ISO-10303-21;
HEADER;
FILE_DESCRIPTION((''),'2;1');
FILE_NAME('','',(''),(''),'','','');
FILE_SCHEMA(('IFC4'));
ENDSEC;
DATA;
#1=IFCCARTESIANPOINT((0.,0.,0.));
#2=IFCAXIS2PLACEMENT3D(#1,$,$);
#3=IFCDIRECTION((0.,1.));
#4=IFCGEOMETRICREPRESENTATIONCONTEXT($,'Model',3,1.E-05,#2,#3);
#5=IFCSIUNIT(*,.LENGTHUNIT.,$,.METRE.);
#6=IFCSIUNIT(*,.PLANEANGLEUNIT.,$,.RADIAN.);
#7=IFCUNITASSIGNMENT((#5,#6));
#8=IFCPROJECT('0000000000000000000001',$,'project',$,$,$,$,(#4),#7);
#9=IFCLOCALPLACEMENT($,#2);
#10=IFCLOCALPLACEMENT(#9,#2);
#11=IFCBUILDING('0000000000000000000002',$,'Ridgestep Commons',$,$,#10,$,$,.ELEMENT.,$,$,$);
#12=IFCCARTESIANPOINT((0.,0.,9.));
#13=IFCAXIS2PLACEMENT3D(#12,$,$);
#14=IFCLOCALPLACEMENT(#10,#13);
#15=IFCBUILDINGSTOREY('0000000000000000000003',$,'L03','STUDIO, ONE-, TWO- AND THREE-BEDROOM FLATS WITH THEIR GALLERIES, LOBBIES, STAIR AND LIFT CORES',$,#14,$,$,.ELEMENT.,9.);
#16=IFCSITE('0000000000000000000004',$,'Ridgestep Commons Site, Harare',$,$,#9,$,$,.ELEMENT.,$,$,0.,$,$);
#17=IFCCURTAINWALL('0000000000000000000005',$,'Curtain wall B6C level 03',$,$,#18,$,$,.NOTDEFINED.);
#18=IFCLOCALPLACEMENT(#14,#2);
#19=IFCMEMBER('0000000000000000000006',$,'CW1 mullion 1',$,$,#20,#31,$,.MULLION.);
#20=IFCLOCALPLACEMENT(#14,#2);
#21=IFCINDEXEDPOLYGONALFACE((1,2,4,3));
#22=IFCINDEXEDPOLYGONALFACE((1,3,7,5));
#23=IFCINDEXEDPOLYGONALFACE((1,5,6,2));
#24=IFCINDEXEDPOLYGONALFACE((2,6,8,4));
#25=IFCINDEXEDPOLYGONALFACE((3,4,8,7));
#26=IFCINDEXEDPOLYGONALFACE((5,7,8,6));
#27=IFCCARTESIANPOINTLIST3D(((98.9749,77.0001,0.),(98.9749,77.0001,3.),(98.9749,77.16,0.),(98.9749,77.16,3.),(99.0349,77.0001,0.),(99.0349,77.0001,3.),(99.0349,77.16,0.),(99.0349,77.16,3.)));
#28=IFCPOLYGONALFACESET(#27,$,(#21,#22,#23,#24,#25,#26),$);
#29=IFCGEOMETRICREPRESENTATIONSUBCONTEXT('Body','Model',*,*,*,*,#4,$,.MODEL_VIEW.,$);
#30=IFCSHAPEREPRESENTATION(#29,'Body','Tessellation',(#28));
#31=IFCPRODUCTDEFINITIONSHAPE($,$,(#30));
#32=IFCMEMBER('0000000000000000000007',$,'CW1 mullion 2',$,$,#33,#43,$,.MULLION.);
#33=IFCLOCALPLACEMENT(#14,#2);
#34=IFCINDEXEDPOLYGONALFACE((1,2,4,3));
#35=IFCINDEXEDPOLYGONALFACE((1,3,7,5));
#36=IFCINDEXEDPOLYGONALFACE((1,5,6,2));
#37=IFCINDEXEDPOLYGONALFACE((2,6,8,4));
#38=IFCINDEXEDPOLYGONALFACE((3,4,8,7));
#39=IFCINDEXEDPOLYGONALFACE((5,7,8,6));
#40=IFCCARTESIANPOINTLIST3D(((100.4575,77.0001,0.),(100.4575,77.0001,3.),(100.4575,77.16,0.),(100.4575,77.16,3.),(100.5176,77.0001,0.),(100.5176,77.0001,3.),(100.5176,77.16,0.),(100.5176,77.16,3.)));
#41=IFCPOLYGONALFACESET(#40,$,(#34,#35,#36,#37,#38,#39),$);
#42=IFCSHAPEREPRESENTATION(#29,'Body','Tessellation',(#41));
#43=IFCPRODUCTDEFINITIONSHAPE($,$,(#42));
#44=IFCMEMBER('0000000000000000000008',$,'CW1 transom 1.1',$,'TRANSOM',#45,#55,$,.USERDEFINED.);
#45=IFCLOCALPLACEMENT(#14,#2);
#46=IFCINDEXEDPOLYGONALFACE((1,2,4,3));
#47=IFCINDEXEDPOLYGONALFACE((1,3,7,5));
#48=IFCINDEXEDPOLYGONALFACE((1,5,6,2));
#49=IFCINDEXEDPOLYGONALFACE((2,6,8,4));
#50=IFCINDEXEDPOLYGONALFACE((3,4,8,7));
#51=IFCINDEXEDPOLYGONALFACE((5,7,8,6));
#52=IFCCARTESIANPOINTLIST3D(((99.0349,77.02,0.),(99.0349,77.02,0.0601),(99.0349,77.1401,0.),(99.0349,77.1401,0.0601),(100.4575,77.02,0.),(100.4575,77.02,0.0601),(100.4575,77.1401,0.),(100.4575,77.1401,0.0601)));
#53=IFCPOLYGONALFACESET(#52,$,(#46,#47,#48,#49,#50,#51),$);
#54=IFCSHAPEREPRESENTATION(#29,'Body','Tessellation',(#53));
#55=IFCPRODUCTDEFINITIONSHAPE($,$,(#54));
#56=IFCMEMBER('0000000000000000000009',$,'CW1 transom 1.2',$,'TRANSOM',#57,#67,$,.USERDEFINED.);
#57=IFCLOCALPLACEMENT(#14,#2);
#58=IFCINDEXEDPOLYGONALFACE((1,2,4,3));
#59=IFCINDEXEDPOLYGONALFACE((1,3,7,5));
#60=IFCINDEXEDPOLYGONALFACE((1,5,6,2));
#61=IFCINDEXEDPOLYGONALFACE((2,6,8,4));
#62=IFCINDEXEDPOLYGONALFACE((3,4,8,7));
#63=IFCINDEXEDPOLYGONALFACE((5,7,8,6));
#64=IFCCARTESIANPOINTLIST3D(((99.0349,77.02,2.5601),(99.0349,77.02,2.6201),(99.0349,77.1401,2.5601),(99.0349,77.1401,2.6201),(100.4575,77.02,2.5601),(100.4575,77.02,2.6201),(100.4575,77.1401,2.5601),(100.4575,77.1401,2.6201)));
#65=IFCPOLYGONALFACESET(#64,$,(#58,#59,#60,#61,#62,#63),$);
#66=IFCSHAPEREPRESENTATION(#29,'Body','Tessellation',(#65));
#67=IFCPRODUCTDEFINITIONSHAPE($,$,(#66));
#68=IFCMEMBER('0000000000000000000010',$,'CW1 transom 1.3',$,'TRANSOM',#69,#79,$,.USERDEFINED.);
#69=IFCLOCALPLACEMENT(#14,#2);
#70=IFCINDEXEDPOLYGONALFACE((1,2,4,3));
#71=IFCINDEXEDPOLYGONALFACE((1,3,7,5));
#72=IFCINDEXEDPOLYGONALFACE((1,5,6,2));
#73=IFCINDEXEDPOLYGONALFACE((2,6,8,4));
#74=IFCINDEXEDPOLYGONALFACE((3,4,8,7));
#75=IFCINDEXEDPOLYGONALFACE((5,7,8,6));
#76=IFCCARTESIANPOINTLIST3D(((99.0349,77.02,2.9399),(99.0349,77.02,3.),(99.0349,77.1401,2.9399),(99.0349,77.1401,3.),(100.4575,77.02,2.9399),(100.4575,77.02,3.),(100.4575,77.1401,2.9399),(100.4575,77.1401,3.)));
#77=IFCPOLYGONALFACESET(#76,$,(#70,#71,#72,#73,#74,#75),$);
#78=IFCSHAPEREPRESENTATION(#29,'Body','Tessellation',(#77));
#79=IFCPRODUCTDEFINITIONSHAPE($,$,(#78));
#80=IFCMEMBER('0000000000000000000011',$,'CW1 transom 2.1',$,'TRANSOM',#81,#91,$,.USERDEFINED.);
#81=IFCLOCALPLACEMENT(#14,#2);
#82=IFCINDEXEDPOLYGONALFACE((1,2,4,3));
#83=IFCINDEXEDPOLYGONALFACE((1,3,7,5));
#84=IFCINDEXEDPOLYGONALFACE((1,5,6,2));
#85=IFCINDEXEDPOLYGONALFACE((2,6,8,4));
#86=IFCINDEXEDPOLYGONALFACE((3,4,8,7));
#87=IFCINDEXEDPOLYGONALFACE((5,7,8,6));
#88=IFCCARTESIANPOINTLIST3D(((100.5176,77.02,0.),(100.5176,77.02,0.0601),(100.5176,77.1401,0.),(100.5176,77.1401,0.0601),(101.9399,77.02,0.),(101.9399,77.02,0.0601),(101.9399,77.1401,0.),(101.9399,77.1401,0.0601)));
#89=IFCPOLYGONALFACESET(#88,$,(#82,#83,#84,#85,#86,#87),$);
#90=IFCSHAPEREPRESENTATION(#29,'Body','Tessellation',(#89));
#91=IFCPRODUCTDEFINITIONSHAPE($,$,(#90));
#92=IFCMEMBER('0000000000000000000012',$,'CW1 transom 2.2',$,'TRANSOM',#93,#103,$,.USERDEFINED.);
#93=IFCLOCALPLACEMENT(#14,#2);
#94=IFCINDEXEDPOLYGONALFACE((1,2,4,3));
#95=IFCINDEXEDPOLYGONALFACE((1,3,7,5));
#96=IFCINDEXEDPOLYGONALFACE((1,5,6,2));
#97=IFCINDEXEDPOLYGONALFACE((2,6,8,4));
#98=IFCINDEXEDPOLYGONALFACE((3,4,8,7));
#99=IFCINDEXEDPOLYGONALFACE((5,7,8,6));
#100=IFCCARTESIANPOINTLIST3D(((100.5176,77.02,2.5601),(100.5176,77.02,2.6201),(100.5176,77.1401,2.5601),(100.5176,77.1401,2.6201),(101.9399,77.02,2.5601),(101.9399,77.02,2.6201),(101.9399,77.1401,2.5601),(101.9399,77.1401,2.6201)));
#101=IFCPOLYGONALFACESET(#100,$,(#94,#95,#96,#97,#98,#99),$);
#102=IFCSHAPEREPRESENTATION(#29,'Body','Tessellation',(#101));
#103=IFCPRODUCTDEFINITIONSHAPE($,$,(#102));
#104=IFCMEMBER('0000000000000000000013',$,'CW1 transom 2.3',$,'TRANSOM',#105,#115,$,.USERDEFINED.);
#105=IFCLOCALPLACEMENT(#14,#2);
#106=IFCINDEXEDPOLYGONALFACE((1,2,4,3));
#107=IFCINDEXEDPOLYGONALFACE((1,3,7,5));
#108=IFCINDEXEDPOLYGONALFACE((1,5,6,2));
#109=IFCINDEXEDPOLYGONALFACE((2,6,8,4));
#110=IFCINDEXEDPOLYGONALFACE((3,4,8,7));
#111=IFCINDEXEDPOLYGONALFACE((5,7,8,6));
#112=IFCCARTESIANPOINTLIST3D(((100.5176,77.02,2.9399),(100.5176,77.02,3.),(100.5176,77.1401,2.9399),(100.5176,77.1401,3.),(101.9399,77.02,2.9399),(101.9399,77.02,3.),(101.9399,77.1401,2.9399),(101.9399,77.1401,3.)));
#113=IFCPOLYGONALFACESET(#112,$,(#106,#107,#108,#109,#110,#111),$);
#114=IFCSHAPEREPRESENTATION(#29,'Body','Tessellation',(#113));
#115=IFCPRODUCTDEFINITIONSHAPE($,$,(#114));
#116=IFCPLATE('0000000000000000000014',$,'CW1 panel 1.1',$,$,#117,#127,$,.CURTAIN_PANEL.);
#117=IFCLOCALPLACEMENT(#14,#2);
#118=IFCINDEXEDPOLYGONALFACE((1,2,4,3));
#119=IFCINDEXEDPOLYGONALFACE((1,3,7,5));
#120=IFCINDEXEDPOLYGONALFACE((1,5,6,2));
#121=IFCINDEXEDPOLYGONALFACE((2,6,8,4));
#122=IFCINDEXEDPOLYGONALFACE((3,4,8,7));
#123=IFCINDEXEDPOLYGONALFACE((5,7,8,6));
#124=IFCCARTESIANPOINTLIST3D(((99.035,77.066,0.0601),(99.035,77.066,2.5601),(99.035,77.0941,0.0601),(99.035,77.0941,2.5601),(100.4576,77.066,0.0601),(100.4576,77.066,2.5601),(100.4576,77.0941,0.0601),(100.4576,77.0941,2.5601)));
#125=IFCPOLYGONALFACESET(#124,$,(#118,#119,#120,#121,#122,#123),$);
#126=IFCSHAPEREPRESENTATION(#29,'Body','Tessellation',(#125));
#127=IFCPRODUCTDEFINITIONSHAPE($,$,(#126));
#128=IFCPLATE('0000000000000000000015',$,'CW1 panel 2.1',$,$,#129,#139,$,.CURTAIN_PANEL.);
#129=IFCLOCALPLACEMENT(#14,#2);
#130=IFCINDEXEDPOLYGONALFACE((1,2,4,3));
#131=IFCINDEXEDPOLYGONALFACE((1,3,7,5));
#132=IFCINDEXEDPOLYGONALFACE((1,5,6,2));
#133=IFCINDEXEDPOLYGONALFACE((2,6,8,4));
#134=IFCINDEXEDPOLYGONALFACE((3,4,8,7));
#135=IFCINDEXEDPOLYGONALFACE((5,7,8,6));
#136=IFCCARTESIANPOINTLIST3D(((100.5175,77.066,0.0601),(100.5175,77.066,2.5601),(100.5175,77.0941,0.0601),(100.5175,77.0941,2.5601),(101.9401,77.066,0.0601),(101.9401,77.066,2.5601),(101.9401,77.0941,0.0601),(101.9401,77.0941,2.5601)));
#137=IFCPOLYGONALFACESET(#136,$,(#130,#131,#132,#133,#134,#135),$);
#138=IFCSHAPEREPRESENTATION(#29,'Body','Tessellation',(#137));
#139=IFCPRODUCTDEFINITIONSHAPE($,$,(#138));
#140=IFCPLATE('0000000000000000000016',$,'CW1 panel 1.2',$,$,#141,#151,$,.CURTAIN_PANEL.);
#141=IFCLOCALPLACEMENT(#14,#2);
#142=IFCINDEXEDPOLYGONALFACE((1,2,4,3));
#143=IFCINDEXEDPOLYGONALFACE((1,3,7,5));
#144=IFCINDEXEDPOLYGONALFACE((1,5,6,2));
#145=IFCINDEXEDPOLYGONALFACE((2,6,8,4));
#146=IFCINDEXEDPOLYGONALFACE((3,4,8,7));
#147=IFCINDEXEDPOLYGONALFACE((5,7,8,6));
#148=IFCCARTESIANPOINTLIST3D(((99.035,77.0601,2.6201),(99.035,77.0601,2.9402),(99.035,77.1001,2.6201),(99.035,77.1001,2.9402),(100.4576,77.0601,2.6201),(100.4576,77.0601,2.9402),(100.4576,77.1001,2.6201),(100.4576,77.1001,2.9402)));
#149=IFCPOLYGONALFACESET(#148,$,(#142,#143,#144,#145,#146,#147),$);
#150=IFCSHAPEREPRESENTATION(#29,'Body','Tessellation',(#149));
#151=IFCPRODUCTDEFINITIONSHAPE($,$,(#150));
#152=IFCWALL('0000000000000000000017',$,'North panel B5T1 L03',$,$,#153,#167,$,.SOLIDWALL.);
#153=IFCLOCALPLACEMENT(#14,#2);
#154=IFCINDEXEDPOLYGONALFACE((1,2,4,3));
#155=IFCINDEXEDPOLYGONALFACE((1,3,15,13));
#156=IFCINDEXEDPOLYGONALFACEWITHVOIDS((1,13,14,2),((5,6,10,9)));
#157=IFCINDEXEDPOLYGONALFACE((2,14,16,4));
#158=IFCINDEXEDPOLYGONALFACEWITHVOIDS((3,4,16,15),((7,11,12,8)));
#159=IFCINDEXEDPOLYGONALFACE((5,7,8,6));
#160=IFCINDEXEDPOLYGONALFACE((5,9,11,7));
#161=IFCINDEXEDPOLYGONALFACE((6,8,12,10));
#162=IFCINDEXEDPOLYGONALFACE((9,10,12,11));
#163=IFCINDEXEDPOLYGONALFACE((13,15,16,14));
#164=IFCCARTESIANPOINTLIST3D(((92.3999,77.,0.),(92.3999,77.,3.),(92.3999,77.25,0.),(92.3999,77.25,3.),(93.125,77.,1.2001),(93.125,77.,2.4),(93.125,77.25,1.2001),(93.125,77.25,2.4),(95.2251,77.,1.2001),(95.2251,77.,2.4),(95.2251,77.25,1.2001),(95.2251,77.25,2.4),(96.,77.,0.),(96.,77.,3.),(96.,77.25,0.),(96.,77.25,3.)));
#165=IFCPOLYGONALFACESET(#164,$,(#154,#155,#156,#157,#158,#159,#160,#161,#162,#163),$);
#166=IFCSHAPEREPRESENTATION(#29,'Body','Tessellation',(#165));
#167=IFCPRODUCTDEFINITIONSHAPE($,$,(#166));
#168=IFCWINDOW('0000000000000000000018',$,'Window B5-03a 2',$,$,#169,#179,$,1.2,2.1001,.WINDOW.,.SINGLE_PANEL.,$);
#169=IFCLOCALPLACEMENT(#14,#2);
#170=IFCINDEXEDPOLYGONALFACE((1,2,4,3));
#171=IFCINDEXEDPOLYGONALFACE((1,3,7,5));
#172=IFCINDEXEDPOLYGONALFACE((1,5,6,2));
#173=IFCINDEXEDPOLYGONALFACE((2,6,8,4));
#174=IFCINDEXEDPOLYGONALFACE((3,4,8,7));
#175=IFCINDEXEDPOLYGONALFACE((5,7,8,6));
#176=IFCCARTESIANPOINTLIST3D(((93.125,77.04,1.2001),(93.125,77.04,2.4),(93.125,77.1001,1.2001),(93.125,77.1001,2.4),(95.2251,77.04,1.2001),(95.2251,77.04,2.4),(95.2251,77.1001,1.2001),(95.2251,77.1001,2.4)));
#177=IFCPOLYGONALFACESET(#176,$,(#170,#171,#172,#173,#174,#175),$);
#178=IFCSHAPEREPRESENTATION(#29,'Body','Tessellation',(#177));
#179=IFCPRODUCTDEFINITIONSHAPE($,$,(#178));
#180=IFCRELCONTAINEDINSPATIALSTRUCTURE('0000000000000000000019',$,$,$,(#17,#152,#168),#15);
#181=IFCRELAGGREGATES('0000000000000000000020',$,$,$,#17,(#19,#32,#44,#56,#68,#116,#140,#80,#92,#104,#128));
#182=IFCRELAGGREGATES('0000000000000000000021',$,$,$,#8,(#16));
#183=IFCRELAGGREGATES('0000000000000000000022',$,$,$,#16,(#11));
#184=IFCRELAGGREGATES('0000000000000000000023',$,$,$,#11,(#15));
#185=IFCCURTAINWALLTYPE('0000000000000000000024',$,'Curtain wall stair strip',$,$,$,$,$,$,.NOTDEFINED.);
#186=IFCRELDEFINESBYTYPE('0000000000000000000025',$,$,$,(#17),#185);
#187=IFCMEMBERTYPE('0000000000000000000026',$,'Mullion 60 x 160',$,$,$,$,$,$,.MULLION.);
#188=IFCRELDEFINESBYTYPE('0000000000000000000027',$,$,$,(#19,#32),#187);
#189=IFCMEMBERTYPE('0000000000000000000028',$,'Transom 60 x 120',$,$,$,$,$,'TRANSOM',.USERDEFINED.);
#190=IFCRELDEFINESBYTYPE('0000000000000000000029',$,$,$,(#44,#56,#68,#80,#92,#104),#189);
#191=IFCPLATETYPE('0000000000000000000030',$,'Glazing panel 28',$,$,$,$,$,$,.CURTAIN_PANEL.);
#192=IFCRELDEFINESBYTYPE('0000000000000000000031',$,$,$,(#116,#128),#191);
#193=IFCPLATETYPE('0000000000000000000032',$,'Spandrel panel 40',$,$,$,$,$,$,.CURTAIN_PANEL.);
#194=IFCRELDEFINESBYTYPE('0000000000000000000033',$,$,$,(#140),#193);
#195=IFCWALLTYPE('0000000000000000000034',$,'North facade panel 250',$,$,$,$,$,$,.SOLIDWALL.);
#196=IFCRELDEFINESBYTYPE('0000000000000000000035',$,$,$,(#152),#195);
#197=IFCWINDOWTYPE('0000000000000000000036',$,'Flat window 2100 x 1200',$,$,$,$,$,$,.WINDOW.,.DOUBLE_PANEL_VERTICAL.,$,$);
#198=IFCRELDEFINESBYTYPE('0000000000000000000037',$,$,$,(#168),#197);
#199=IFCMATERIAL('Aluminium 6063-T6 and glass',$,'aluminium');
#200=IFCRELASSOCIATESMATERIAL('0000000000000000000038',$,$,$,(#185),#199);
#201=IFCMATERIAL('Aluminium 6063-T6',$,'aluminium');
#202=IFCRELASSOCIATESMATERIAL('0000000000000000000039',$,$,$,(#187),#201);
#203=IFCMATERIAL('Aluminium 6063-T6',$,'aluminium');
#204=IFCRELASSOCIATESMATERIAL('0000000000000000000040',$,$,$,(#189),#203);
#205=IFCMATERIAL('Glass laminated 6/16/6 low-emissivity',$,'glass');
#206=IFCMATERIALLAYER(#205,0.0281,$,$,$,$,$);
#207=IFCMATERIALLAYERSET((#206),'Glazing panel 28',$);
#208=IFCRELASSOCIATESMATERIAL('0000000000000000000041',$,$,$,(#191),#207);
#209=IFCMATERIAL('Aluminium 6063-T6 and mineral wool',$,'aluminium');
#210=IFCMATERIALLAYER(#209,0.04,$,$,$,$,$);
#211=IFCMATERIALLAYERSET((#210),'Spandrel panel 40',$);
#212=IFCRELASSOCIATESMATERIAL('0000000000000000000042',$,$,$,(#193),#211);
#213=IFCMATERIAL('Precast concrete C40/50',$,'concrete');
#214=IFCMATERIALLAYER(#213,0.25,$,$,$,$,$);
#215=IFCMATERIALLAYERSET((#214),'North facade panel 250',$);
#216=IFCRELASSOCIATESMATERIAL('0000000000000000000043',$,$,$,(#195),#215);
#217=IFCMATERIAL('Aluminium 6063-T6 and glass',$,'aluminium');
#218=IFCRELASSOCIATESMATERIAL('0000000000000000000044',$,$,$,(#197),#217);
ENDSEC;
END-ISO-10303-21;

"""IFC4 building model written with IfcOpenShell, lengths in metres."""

from ifc_helpers import new_model, si_unit, direction, frame, frame_2d, origin, origin_2d, place, context, subcontext, project, spatial, rectangle, extrude, material, layer, layer_set, material_profile, profile_set, type_object, element, fill, aggregate, save


model = new_model("IFC4")

# Units and contexts
model_context = context("Model", 3, precision=1e-05, world=origin(), true_north=direction((0.0, 1.0)))
body_context = subcontext(model_context, "Body", "Model", "MODEL_VIEW")
ifc_project = project(units=[si_unit("LENGTHUNIT", "METRE"), si_unit("PLANEANGLEUNIT", "RADIAN")], contexts=[model_context])

# Site, building, storey
site_placement = place(None, origin())
site = spatial("IfcSite", under=ifc_project, at=site_placement, Name="Ridgestep Commons Site, Harare", CompositionType="ELEMENT", RefElevation=0.0)
building_placement = place(site_placement, origin())
building = spatial("IfcBuilding", under=site, at=building_placement, Name="Ridgestep Commons", CompositionType="ELEMENT")
storey_placement = place(building_placement, frame((0.0, 0.0, 9.0)))
storey = spatial("IfcBuildingStorey", under=building, at=storey_placement, Name="L03", Description="STUDIO, ONE-, TWO- AND THREE-BEDROOM FLATS WITH THEIR GALLERIES, LOBBIES, STAIR AND LIFT CORES", CompositionType="ELEMENT", Elevation=9.0)

# Curtain wall, members, plates
ifc_material_1 = material(Name="Aluminium 6063-T6 and glass", Category="aluminium")
curtain_wall_type = type_object("IfcCurtainWallType", Name="Curtain wall stair strip", PredefinedType="NOTDEFINED", material=ifc_material_1)
curtain_wall_placement = place(storey_placement, origin())
curtain_wall = element("IfcCurtainWall", 1, at=curtain_wall_placement, inside=storey, type_object=curtain_wall_type, Name="Curtain wall B6C level 03", PredefinedType="NOTDEFINED")
ifc_material_2 = material(Name="Aluminium 6063-T6", Category="aluminium")
ifc_material_profile_1 = material_profile(ifc_material_2, rectangle(XDim=0.1599, YDim=0.0601, at=origin_2d()), Name="Mullion 60 x 160")
ifc_profile_set_1 = profile_set([ifc_material_profile_1], Name="Aluminium 6063-T6")
member_type_1 = type_object("IfcMemberType", Name="Mullion 60 x 160", PredefinedType="MULLION", material=ifc_profile_set_1)
member_1_placement = place(storey_placement, frame((99.0049, 77.0801, 0.0), z_axis=(0.0, 0.0, 1.0), x_axis=(0.0, 1.0, 0.0)))
member_1 = element("IfcMember", 2, at=member_1_placement, type_object=member_type_1, Name="CW1 mullion 1", PredefinedType="MULLION", context=body_context, shape_type="SweptSolid", body=[
    extrude(rectangle(XDim=0.1599, YDim=0.0601, at=origin_2d()), origin(), (0.0, 0.0, 1.0), 3.0),
])
member_2_placement = place(storey_placement, frame((100.4875, 77.0801, 0.0), z_axis=(0.0, 0.0, 1.0), x_axis=(0.0, 1.0, 0.0)))
member_2 = element("IfcMember", 3, at=member_2_placement, type_object=member_type_1, Name="CW1 mullion 2", PredefinedType="MULLION", context=body_context, shape_type="SweptSolid", body=[
    extrude(rectangle(XDim=0.1599, YDim=0.0601, at=origin_2d()), origin(), (0.0, 0.0, 1.0), 3.0),
])
ifc_material_3 = material(Name="Aluminium 6063-T6", Category="aluminium")
ifc_material_profile_2 = material_profile(ifc_material_3, rectangle(XDim=0.1201, YDim=0.0601, at=origin_2d()), Name="Transom 60 x 120")
ifc_profile_set_2 = profile_set([ifc_material_profile_2], Name="Aluminium 6063-T6")
member_type_2 = type_object("IfcMemberType", Name="Transom 60 x 120", ElementType="TRANSOM", PredefinedType="USERDEFINED", material=ifc_profile_set_2)
member_3_placement = place(storey_placement, frame((99.0349, 77.0801, 0.03), z_axis=(1.0, 0.0, 0.0), x_axis=(0.0, 1.0, 0.0)))
member_3 = element("IfcMember", 4, at=member_3_placement, type_object=member_type_2, Name="CW1 transom 1.1", ObjectType="TRANSOM", PredefinedType="USERDEFINED", context=body_context, shape_type="SweptSolid", body=[
    extrude(rectangle(XDim=0.1201, YDim=0.0601, at=origin_2d()), origin(), (0.0, 0.0, 1.0), 1.4226),
])
member_4_placement = place(storey_placement, frame((99.0349, 77.0801, 2.5901), z_axis=(1.0, 0.0, 0.0), x_axis=(0.0, 1.0, 0.0)))
member_4 = element("IfcMember", 5, at=member_4_placement, type_object=member_type_2, Name="CW1 transom 1.2", ObjectType="TRANSOM", PredefinedType="USERDEFINED", context=body_context, shape_type="SweptSolid", body=[
    extrude(rectangle(XDim=0.1201, YDim=0.0601, at=origin_2d()), origin(), (0.0, 0.0, 1.0), 1.4226),
])
member_5_placement = place(storey_placement, frame((99.0349, 77.0801, 2.97), z_axis=(1.0, 0.0, 0.0), x_axis=(0.0, 1.0, 0.0)))
member_5 = element("IfcMember", 6, at=member_5_placement, type_object=member_type_2, Name="CW1 transom 1.3", ObjectType="TRANSOM", PredefinedType="USERDEFINED", context=body_context, shape_type="SweptSolid", body=[
    extrude(rectangle(XDim=0.1201, YDim=0.0601, at=origin_2d()), origin(), (0.0, 0.0, 1.0), 1.4226),
])
member_6_placement = place(storey_placement, frame((100.5176, 77.0801, 0.03), z_axis=(1.0, 0.0, 0.0), x_axis=(0.0, 1.0, 0.0)))
member_6 = element("IfcMember", 7, at=member_6_placement, type_object=member_type_2, Name="CW1 transom 2.1", ObjectType="TRANSOM", PredefinedType="USERDEFINED", context=body_context, shape_type="SweptSolid", body=[
    extrude(rectangle(XDim=0.1201, YDim=0.0601, at=origin_2d()), origin(), (0.0, 0.0, 1.0), 1.4224),
])
member_7_placement = place(storey_placement, frame((100.5176, 77.0801, 2.5901), z_axis=(1.0, 0.0, 0.0), x_axis=(0.0, 1.0, 0.0)))
member_7 = element("IfcMember", 8, at=member_7_placement, type_object=member_type_2, Name="CW1 transom 2.2", ObjectType="TRANSOM", PredefinedType="USERDEFINED", context=body_context, shape_type="SweptSolid", body=[
    extrude(rectangle(XDim=0.1201, YDim=0.0601, at=origin_2d()), origin(), (0.0, 0.0, 1.0), 1.4224),
])
member_8_placement = place(storey_placement, frame((100.5176, 77.0801, 2.97), z_axis=(1.0, 0.0, 0.0), x_axis=(0.0, 1.0, 0.0)))
member_8 = element("IfcMember", 9, at=member_8_placement, type_object=member_type_2, Name="CW1 transom 2.3", ObjectType="TRANSOM", PredefinedType="USERDEFINED", context=body_context, shape_type="SweptSolid", body=[
    extrude(rectangle(XDim=0.1201, YDim=0.0601, at=origin_2d()), origin(), (0.0, 0.0, 1.0), 1.4224),
])
ifc_material_4 = material(Name="Glass laminated 6/16/6 low-emissivity", Category="glass")
ifc_layer_1 = layer(ifc_material_4, 0.0281)
ifc_layer_set_1 = layer_set([ifc_layer_1], Name="Glazing panel 28")
plate_type_1 = type_object("IfcPlateType", Name="Glazing panel 28", PredefinedType="CURTAIN_PANEL", material=ifc_layer_set_1)
plate_1_placement = place(storey_placement, frame((99.7463, 77.0801, 0.0601), z_axis=(0.0, 0.0, 1.0), x_axis=(1.0, 0.0, 0.0)))
plate_1 = element("IfcPlate", 10, at=plate_1_placement, type_object=plate_type_1, Name="CW1 panel 1.1", PredefinedType="CURTAIN_PANEL", context=body_context, shape_type="SweptSolid", body=[
    extrude(rectangle(XDim=1.4226, YDim=0.0281, at=origin_2d()), origin(), (0.0, 0.0, 1.0), 2.5),
])
plate_2_placement = place(storey_placement, frame((101.2288, 77.0801, 0.0601), z_axis=(0.0, 0.0, 1.0), x_axis=(1.0, 0.0, 0.0)))
plate_2 = element("IfcPlate", 11, at=plate_2_placement, type_object=plate_type_1, Name="CW1 panel 2.1", PredefinedType="CURTAIN_PANEL", context=body_context, shape_type="SweptSolid", body=[
    extrude(rectangle(XDim=1.4226, YDim=0.0281, at=origin_2d()), origin(), (0.0, 0.0, 1.0), 2.5),
])
ifc_material_5 = material(Name="Aluminium 6063-T6 and mineral wool", Category="aluminium")
ifc_layer_2 = layer(ifc_material_5, 0.04)
ifc_layer_set_2 = layer_set([ifc_layer_2], Name="Spandrel panel 40")
plate_type_2 = type_object("IfcPlateType", Name="Spandrel panel 40", PredefinedType="CURTAIN_PANEL", material=ifc_layer_set_2)
plate_3_placement = place(storey_placement, frame((99.7463, 77.0801, 2.6201), z_axis=(0.0, 0.0, 1.0), x_axis=(1.0, 0.0, 0.0)))
plate_3 = element("IfcPlate", 12, at=plate_3_placement, type_object=plate_type_2, Name="CW1 panel 1.2", PredefinedType="CURTAIN_PANEL", context=body_context, shape_type="SweptSolid", body=[
    extrude(rectangle(XDim=1.4226, YDim=0.04, at=origin_2d()), origin(), (0.0, 0.0, 1.0), 0.3201),
])
aggregate(curtain_wall, [member_1, member_2, member_3, member_4, member_5, plate_1, plate_3, member_6, member_7, member_8, plate_2])

# Wall, opening, window
ifc_material_6 = material(Name="Precast concrete C40/50", Category="concrete")
ifc_layer_3 = layer(ifc_material_6, 0.25)
ifc_layer_set_3 = layer_set([ifc_layer_3], Name="North facade panel 250")
wall_type = type_object("IfcWallType", Name="North facade panel 250", PredefinedType="SOLIDWALL", material=ifc_layer_set_3)
wall_1_placement = place(storey_placement, frame((92.3999, 77.125, 0.0), z_axis=(0.0, 0.0, 1.0), x_axis=(1.0, 0.0, 0.0)))
wall_1 = element("IfcWall", 13, at=wall_1_placement, inside=storey, type_object=wall_type, Name="North panel B5T1 L03", PredefinedType="SOLIDWALL", context=body_context, shape_type="SweptSolid", body=[
    extrude(rectangle(XDim=3.6001, YDim=0.25, at=frame_2d((1.8, 0.0))), origin(), (0.0, 0.0, 1.0), 3.0),
])
opening_placement = place(wall_1_placement, frame((0.7251, 0.0, 1.2)))
opening = element("IfcOpeningElement", 14, at=opening_placement, cuts=wall_1, PredefinedType="OPENING", context=body_context, shape_type="SweptSolid", body=[
    extrude(rectangle(XDim=2.1001, YDim=1.2, at=frame_2d((1.05, 0.6001))), frame((0.0, 0.135, 0.0), z_axis=(0.0, -1.0, 0.0), x_axis=(1.0, 0.0, 0.0)), (0.0, 0.0, 1.0), 0.27),
])
ifc_material_7 = material(Name="Aluminium 6063-T6 and glass", Category="aluminium")
window_type = type_object("IfcWindowType", Name="Flat window 2100 x 1200", PartitioningType="DOUBLE_PANEL_VERTICAL", PredefinedType="WINDOW", material=ifc_material_7)
window_placement = place(opening_placement, origin())
window = element("IfcWindow", 15, at=window_placement, inside=storey, type_object=window_type, Name="Window B5-03a 2", OverallHeight=1.2, OverallWidth=2.1001, PartitioningType="SINGLE_PANEL", PredefinedType="WINDOW", context=body_context, shape_type="SweptSolid", body=[
    extrude(rectangle(XDim=2.1001, YDim=1.2, at=frame_2d((1.05, 0.6001))), frame((0.0, -0.0249, 0.0), z_axis=(0.0, -1.0, 0.0), x_axis=(1.0, 0.0, 0.0)), (0.0, 0.0, 1.0), 0.0601),
])
fill(opening, window)

save(model, "model.ifc")
